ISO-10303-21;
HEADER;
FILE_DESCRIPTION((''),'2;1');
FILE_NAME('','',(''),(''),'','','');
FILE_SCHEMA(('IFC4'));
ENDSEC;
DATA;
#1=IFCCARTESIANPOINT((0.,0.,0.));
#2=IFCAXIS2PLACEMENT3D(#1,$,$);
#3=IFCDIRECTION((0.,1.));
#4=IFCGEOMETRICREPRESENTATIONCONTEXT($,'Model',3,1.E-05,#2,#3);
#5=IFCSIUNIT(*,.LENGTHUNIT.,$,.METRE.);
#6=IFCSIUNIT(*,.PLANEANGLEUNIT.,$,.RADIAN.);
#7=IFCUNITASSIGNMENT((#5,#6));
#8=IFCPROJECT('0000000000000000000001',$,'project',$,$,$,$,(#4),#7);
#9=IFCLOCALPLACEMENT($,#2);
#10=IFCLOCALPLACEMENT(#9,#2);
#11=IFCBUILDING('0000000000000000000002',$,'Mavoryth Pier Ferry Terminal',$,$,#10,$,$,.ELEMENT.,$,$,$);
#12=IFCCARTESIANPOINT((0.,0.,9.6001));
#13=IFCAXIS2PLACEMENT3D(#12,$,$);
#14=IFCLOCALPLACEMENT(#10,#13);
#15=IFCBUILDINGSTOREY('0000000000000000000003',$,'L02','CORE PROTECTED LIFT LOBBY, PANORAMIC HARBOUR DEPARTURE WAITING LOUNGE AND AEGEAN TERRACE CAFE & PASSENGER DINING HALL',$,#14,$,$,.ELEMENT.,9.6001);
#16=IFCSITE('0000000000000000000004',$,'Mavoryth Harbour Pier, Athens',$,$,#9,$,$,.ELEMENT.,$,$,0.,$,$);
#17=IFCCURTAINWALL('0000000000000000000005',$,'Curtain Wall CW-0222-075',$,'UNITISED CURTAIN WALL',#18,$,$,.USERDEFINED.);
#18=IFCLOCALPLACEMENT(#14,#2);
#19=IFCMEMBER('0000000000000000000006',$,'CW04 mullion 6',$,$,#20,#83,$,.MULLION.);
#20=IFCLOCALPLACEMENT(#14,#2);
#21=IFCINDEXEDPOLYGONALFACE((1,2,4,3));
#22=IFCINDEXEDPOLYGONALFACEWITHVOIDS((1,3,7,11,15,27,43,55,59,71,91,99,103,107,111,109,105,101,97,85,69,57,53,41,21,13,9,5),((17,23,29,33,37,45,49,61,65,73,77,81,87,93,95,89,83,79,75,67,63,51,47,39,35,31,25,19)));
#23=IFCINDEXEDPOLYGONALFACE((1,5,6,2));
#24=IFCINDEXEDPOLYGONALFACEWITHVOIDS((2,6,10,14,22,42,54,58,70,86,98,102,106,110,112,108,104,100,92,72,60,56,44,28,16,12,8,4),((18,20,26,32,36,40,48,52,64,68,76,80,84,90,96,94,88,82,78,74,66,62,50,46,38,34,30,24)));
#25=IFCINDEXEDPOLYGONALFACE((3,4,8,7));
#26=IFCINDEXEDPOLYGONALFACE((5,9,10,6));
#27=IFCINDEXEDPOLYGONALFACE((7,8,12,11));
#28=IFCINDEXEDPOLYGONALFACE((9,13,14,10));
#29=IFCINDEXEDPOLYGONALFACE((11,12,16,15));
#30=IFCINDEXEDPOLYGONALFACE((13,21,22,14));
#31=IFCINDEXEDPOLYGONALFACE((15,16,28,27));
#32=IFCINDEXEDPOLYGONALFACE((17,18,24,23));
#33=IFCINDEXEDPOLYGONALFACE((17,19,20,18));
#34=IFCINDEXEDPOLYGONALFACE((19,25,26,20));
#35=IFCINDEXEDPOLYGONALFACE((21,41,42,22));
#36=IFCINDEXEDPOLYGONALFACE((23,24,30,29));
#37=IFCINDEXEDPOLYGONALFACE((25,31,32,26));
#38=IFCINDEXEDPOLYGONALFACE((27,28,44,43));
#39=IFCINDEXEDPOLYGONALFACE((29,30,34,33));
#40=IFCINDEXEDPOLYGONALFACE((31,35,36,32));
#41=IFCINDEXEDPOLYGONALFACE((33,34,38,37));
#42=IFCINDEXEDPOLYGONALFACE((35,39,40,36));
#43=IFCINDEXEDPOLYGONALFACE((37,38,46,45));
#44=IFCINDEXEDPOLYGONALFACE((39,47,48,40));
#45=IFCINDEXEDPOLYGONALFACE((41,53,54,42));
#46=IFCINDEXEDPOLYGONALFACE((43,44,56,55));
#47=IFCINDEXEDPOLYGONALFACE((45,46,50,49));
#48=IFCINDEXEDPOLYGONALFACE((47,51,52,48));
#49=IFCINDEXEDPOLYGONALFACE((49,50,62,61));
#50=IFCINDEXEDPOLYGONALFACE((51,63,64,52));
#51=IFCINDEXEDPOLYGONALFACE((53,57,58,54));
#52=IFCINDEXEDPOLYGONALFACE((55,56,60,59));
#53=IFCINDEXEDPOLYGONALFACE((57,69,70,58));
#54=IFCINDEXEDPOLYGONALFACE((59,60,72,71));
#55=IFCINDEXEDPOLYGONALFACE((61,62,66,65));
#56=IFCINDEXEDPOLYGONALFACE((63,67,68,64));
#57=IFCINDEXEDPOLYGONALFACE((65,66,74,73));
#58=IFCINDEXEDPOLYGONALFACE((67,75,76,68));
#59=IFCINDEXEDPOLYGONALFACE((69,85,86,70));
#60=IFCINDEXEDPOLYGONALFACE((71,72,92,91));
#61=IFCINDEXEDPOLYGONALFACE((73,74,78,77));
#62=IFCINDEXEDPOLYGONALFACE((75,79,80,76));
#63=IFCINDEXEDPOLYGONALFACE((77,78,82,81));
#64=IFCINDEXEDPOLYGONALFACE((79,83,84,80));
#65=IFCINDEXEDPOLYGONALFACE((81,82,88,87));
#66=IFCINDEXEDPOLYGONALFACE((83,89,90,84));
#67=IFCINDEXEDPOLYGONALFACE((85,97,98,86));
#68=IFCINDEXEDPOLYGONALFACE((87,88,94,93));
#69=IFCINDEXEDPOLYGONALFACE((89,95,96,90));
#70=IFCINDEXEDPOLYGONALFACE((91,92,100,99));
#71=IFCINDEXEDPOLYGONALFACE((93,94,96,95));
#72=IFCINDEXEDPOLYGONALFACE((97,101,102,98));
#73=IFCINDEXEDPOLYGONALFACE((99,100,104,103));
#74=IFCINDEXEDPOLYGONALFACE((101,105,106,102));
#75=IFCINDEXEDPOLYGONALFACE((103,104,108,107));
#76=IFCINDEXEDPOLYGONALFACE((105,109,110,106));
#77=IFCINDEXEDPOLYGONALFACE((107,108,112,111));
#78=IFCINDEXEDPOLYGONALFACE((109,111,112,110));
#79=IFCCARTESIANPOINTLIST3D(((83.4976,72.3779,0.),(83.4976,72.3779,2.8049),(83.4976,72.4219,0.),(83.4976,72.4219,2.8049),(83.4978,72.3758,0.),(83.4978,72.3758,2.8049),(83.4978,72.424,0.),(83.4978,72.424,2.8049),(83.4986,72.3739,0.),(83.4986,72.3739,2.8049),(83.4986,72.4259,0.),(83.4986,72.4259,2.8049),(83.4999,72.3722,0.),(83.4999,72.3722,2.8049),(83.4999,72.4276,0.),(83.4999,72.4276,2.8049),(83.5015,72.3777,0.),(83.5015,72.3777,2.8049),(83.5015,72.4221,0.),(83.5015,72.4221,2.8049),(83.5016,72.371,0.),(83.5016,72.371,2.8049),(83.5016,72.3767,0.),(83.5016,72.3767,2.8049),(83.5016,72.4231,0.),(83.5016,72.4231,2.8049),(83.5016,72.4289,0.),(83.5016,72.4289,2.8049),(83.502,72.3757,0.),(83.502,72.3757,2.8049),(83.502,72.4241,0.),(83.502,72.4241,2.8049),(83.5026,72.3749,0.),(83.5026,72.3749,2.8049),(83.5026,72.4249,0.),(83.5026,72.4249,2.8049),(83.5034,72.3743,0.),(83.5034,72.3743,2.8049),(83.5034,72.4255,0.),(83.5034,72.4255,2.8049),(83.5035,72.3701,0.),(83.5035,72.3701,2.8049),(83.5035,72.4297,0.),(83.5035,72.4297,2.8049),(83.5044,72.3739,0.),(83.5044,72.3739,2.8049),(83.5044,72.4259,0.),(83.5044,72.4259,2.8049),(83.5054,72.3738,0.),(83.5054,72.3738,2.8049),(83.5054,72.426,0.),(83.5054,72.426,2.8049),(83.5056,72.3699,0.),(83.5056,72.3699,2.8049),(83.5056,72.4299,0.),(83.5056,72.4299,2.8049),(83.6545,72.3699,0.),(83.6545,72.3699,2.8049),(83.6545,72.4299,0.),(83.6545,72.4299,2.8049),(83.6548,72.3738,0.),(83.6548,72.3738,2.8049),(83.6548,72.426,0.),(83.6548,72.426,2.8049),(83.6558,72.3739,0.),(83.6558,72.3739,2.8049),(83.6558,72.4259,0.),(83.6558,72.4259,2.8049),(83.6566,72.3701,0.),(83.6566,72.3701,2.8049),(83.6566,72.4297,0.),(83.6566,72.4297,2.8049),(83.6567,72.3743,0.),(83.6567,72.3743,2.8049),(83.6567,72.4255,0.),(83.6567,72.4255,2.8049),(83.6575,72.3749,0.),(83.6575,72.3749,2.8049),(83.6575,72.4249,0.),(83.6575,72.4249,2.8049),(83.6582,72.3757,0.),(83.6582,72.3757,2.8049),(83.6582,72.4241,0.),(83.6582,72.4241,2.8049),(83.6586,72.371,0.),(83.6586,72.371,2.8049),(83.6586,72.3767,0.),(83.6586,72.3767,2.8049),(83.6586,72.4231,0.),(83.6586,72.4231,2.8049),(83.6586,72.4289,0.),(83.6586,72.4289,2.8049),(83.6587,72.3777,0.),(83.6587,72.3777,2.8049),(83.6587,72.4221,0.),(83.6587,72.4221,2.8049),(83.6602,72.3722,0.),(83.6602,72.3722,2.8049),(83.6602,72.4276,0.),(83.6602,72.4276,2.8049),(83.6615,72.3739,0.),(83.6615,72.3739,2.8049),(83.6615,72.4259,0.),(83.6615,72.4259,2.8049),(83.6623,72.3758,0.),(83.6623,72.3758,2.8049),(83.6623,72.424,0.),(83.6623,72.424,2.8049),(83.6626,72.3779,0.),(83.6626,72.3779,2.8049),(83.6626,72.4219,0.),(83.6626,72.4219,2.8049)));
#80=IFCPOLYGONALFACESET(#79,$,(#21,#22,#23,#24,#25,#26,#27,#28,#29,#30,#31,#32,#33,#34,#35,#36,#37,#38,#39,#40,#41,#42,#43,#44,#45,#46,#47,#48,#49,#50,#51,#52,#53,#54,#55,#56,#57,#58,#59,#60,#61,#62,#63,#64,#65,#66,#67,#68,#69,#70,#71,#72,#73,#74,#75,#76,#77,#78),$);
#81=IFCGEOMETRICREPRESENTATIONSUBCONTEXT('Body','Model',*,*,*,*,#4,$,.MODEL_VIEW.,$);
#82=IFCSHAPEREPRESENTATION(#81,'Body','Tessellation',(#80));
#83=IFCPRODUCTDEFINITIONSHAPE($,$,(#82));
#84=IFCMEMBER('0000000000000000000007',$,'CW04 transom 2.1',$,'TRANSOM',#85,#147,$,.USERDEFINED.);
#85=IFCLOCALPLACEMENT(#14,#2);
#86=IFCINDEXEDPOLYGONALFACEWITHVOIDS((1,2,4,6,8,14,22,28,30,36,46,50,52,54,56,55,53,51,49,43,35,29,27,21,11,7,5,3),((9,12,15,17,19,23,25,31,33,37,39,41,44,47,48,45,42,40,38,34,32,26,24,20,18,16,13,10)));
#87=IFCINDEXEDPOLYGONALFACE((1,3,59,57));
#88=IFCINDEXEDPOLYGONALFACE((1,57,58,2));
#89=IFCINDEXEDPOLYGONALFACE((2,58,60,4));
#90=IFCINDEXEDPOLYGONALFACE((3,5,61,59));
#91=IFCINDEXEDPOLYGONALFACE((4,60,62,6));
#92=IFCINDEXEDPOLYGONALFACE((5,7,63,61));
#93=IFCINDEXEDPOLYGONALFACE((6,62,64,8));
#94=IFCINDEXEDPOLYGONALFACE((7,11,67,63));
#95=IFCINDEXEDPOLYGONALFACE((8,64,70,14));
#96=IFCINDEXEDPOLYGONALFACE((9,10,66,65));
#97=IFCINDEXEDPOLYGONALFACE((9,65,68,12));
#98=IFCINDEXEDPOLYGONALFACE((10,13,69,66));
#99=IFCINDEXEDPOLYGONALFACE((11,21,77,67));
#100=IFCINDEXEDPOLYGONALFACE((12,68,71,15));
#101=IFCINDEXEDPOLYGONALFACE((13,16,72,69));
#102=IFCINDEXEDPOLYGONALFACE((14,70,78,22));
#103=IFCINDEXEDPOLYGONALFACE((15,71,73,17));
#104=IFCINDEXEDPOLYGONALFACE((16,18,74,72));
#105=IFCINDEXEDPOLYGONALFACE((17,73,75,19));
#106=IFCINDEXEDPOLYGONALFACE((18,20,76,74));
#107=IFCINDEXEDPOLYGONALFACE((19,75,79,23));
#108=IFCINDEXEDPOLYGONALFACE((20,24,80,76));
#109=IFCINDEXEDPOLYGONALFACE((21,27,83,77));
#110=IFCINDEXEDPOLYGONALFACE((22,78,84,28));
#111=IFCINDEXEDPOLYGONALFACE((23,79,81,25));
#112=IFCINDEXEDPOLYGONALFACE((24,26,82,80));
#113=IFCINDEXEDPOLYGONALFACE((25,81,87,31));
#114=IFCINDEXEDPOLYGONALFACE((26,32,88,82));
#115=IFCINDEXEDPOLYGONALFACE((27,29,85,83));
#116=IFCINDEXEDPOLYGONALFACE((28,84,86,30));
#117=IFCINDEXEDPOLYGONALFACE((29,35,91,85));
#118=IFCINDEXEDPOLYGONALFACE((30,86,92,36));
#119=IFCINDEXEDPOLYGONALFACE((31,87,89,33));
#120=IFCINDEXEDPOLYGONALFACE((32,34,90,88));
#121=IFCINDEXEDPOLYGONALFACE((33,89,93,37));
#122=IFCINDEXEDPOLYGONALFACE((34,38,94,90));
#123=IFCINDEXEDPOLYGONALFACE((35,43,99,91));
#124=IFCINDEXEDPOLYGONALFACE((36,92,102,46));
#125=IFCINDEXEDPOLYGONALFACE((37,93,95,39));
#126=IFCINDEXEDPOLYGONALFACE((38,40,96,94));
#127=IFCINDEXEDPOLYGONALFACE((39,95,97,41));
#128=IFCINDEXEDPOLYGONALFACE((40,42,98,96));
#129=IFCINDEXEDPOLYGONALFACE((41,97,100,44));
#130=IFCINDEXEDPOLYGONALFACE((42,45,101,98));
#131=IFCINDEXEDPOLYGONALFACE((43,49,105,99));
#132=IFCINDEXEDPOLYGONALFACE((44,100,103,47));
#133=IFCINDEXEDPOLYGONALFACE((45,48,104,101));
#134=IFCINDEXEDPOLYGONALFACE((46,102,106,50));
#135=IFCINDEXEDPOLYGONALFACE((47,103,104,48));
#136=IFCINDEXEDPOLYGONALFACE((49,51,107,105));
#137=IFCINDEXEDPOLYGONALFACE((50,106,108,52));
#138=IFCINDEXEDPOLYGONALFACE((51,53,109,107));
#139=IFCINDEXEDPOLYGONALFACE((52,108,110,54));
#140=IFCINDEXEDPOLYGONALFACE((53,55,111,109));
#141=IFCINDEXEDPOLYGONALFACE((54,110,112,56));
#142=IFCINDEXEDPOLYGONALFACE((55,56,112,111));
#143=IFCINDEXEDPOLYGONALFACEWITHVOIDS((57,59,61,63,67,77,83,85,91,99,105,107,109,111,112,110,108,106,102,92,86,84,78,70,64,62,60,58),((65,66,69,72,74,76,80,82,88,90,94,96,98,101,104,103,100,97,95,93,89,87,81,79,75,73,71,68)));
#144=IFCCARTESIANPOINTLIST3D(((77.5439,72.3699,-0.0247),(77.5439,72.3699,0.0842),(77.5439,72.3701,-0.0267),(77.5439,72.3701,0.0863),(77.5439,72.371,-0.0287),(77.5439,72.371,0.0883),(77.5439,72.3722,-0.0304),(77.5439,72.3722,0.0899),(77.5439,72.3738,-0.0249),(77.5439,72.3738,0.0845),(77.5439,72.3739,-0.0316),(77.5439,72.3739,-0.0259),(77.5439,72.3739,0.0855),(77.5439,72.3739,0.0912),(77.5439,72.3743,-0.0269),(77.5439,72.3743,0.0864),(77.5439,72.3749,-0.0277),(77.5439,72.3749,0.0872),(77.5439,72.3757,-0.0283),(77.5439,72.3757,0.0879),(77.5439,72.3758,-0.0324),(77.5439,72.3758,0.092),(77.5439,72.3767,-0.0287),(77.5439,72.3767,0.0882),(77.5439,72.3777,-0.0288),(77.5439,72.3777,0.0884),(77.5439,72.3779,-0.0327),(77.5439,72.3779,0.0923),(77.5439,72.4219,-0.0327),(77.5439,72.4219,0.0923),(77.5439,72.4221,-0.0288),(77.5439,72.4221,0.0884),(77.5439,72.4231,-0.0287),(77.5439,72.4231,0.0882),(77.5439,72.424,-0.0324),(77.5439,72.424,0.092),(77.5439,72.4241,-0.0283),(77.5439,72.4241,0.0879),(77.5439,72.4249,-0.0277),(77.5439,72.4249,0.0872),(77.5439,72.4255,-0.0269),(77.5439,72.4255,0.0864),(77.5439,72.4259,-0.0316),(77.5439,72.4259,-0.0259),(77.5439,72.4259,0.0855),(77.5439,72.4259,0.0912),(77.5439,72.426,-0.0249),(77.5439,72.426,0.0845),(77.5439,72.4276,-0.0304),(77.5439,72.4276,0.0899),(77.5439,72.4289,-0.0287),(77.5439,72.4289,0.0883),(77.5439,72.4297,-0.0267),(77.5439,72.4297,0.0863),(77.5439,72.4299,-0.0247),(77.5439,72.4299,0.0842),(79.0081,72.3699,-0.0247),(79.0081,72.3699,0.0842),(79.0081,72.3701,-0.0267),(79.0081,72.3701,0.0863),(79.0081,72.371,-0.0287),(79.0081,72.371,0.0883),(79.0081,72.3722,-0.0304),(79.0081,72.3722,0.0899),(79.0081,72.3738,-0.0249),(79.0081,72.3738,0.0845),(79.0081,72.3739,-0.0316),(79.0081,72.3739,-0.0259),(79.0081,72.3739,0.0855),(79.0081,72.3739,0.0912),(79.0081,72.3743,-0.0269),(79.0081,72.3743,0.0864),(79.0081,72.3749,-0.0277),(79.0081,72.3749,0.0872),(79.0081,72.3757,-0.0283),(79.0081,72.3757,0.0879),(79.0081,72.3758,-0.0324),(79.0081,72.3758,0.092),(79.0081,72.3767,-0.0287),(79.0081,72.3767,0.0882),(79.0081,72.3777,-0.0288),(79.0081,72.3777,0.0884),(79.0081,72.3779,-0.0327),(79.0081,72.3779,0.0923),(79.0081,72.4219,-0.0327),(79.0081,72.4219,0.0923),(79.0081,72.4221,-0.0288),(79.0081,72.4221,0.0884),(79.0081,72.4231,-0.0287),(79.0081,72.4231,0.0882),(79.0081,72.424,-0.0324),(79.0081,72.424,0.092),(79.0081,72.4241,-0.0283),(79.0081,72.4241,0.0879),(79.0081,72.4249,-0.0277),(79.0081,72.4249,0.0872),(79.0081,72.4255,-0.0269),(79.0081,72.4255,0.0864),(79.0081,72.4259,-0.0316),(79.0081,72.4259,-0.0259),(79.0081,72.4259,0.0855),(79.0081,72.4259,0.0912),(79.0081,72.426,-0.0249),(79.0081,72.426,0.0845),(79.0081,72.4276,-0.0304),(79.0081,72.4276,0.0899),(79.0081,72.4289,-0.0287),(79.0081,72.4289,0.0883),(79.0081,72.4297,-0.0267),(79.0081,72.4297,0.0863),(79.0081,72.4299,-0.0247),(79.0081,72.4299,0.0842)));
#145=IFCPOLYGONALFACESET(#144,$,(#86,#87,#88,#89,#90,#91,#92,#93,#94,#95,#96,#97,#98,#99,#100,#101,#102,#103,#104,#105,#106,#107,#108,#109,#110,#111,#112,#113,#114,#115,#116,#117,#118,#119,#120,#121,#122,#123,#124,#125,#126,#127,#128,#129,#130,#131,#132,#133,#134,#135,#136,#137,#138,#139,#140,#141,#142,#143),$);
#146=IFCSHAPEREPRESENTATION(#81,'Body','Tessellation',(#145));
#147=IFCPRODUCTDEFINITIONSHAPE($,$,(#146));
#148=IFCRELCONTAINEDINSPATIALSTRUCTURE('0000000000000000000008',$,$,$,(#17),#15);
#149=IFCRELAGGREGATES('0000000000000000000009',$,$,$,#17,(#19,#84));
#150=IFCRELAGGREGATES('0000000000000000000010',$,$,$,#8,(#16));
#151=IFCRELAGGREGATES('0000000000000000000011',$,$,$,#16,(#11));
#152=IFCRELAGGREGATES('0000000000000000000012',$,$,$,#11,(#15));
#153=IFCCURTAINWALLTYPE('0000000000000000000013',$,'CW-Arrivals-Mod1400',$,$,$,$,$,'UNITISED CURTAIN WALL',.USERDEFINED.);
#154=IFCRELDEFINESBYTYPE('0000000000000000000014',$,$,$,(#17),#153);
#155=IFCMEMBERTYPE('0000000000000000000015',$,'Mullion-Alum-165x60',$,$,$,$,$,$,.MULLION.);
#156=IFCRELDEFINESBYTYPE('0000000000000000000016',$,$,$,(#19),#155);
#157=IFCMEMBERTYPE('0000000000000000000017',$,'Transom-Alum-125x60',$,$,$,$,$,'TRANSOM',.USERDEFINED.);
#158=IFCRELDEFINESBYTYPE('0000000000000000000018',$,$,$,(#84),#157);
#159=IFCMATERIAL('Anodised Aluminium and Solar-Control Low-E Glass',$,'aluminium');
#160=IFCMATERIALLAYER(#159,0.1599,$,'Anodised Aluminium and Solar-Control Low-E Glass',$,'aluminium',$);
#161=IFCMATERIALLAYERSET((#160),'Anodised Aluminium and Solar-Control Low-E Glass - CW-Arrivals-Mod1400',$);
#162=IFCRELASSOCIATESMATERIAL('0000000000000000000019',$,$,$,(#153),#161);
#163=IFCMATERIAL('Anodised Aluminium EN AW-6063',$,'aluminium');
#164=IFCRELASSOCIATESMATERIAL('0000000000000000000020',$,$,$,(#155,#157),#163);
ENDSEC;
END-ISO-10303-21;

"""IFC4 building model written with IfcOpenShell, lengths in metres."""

from ifc_helpers import new_model, si_unit, direction, frame, origin, origin_2d, place, context, subcontext, project, spatial, hollow_rectangle, extrude, material, layer, layer_set, material_profile, profile_set, type_object, element, aggregate, save


model = new_model("IFC4")

# Units and contexts
model_context = context("Model", 3, precision=1e-05, world=origin(), true_north=direction((0.0, 1.0)))
body_context = subcontext(model_context, "Body", "Model", "MODEL_VIEW")
ifc_project = project(units=[si_unit("LENGTHUNIT", "METRE"), si_unit("PLANEANGLEUNIT", "RADIAN")], contexts=[model_context])

# Site, building, storey
site_placement = place(None, origin())
site = spatial("IfcSite", under=ifc_project, at=site_placement, Name="Mavoryth Harbour Pier, Athens", CompositionType="ELEMENT", RefElevation=0.0)
building_placement = place(site_placement, origin())
building = spatial("IfcBuilding", under=site, at=building_placement, Name="Mavoryth Pier Ferry Terminal", CompositionType="ELEMENT")
storey_placement = place(building_placement, frame((0.0, 0.0, 9.6001)))
storey = spatial("IfcBuildingStorey", under=building, at=storey_placement, Name="L02", Description="CORE PROTECTED LIFT LOBBY, PANORAMIC HARBOUR DEPARTURE WAITING LOUNGE AND AEGEAN TERRACE CAFE & PASSENGER DINING HALL", CompositionType="ELEMENT", Elevation=9.6001)

# Curtain wall, members
ifc_material_1 = material(Name="Anodised Aluminium and Solar-Control Low-E Glass", Category="aluminium")
ifc_layer_1 = layer(ifc_material_1, 0.1599, Name="Anodised Aluminium and Solar-Control Low-E Glass", Category="aluminium")
ifc_layer_set_1 = layer_set([ifc_layer_1], Name="Anodised Aluminium and Solar-Control Low-E Glass - CW-Arrivals-Mod1400")
curtain_wall_type = type_object("IfcCurtainWallType", Name="CW-Arrivals-Mod1400", ElementType="UNITISED CURTAIN WALL", PredefinedType="USERDEFINED", material=ifc_layer_set_1)
curtain_wall_placement = place(storey_placement, origin())
curtain_wall = element("IfcCurtainWall", 1, at=curtain_wall_placement, inside=storey, type_object=curtain_wall_type, Name="Curtain Wall CW-0222-075", ObjectType="UNITISED CURTAIN WALL", PredefinedType="USERDEFINED")
ifc_material_2 = material(Name="Anodised Aluminium EN AW-6063", Category="aluminium")
ifc_material_profile_1 = material_profile(ifc_material_2, hollow_rectangle(XDim=0.0601, YDim=0.165, WallThickness=0.0039, InnerFilletRadius=0.0039, OuterFilletRadius=0.0081, at=origin_2d()), Name="AL-MULL 165x60x4", Category="aluminium")
ifc_profile_set_1 = profile_set([ifc_material_profile_1], Name="Anodised Aluminium EN AW-6063 - AL-MULL 165x60x4")
member_type_1 = type_object("IfcMemberType", Name="Mullion-Alum-165x60", PredefinedType="MULLION", material=ifc_profile_set_1)
member_1_placement = place(storey_placement, frame((83.5801, 72.3999, 0.0), z_axis=(0.0, 0.0, 1.0), x_axis=(0.0, 1.0, 0.0)))
member_1 = element("IfcMember", 2, at=member_1_placement, type_object=member_type_1, Name="CW04 mullion 6", PredefinedType="MULLION", context=body_context, shape_type="SweptSolid", body=[
    extrude(hollow_rectangle(XDim=0.0601, YDim=0.165, WallThickness=0.0039, InnerFilletRadius=0.0039, OuterFilletRadius=0.0081, at=origin_2d()), origin(), (0.0, 0.0, 1.0), 2.8049),
])
ifc_material_profile_2 = material_profile(ifc_material_2, hollow_rectangle(XDim=0.0601, YDim=0.125, WallThickness=0.0039, InnerFilletRadius=0.0039, OuterFilletRadius=0.0081, at=origin_2d()), Name="AL-TRAN 125x60x4", Category="aluminium")
ifc_profile_set_2 = profile_set([ifc_material_profile_2], Name="Anodised Aluminium EN AW-6063 - AL-TRAN 125x60x4")
member_type_2 = type_object("IfcMemberType", Name="Transom-Alum-125x60", ElementType="TRANSOM", PredefinedType="USERDEFINED", material=ifc_profile_set_2)
member_2_placement = place(storey_placement, frame((77.5439, 72.3999, 0.0298), z_axis=(1.0, 0.0, 0.0), x_axis=(0.0, 1.0, 0.0)))
member_2 = element("IfcMember", 3, at=member_2_placement, type_object=member_type_2, Name="CW04 transom 2.1", ObjectType="TRANSOM", PredefinedType="USERDEFINED", context=body_context, shape_type="SweptSolid", body=[
    extrude(hollow_rectangle(XDim=0.0601, YDim=0.125, WallThickness=0.0039, InnerFilletRadius=0.0039, OuterFilletRadius=0.0081, at=origin_2d()), origin(), (0.0, 0.0, 1.0), 1.4641),
])
aggregate(curtain_wall, [member_1, member_2])

save(model, "model.ifc")
